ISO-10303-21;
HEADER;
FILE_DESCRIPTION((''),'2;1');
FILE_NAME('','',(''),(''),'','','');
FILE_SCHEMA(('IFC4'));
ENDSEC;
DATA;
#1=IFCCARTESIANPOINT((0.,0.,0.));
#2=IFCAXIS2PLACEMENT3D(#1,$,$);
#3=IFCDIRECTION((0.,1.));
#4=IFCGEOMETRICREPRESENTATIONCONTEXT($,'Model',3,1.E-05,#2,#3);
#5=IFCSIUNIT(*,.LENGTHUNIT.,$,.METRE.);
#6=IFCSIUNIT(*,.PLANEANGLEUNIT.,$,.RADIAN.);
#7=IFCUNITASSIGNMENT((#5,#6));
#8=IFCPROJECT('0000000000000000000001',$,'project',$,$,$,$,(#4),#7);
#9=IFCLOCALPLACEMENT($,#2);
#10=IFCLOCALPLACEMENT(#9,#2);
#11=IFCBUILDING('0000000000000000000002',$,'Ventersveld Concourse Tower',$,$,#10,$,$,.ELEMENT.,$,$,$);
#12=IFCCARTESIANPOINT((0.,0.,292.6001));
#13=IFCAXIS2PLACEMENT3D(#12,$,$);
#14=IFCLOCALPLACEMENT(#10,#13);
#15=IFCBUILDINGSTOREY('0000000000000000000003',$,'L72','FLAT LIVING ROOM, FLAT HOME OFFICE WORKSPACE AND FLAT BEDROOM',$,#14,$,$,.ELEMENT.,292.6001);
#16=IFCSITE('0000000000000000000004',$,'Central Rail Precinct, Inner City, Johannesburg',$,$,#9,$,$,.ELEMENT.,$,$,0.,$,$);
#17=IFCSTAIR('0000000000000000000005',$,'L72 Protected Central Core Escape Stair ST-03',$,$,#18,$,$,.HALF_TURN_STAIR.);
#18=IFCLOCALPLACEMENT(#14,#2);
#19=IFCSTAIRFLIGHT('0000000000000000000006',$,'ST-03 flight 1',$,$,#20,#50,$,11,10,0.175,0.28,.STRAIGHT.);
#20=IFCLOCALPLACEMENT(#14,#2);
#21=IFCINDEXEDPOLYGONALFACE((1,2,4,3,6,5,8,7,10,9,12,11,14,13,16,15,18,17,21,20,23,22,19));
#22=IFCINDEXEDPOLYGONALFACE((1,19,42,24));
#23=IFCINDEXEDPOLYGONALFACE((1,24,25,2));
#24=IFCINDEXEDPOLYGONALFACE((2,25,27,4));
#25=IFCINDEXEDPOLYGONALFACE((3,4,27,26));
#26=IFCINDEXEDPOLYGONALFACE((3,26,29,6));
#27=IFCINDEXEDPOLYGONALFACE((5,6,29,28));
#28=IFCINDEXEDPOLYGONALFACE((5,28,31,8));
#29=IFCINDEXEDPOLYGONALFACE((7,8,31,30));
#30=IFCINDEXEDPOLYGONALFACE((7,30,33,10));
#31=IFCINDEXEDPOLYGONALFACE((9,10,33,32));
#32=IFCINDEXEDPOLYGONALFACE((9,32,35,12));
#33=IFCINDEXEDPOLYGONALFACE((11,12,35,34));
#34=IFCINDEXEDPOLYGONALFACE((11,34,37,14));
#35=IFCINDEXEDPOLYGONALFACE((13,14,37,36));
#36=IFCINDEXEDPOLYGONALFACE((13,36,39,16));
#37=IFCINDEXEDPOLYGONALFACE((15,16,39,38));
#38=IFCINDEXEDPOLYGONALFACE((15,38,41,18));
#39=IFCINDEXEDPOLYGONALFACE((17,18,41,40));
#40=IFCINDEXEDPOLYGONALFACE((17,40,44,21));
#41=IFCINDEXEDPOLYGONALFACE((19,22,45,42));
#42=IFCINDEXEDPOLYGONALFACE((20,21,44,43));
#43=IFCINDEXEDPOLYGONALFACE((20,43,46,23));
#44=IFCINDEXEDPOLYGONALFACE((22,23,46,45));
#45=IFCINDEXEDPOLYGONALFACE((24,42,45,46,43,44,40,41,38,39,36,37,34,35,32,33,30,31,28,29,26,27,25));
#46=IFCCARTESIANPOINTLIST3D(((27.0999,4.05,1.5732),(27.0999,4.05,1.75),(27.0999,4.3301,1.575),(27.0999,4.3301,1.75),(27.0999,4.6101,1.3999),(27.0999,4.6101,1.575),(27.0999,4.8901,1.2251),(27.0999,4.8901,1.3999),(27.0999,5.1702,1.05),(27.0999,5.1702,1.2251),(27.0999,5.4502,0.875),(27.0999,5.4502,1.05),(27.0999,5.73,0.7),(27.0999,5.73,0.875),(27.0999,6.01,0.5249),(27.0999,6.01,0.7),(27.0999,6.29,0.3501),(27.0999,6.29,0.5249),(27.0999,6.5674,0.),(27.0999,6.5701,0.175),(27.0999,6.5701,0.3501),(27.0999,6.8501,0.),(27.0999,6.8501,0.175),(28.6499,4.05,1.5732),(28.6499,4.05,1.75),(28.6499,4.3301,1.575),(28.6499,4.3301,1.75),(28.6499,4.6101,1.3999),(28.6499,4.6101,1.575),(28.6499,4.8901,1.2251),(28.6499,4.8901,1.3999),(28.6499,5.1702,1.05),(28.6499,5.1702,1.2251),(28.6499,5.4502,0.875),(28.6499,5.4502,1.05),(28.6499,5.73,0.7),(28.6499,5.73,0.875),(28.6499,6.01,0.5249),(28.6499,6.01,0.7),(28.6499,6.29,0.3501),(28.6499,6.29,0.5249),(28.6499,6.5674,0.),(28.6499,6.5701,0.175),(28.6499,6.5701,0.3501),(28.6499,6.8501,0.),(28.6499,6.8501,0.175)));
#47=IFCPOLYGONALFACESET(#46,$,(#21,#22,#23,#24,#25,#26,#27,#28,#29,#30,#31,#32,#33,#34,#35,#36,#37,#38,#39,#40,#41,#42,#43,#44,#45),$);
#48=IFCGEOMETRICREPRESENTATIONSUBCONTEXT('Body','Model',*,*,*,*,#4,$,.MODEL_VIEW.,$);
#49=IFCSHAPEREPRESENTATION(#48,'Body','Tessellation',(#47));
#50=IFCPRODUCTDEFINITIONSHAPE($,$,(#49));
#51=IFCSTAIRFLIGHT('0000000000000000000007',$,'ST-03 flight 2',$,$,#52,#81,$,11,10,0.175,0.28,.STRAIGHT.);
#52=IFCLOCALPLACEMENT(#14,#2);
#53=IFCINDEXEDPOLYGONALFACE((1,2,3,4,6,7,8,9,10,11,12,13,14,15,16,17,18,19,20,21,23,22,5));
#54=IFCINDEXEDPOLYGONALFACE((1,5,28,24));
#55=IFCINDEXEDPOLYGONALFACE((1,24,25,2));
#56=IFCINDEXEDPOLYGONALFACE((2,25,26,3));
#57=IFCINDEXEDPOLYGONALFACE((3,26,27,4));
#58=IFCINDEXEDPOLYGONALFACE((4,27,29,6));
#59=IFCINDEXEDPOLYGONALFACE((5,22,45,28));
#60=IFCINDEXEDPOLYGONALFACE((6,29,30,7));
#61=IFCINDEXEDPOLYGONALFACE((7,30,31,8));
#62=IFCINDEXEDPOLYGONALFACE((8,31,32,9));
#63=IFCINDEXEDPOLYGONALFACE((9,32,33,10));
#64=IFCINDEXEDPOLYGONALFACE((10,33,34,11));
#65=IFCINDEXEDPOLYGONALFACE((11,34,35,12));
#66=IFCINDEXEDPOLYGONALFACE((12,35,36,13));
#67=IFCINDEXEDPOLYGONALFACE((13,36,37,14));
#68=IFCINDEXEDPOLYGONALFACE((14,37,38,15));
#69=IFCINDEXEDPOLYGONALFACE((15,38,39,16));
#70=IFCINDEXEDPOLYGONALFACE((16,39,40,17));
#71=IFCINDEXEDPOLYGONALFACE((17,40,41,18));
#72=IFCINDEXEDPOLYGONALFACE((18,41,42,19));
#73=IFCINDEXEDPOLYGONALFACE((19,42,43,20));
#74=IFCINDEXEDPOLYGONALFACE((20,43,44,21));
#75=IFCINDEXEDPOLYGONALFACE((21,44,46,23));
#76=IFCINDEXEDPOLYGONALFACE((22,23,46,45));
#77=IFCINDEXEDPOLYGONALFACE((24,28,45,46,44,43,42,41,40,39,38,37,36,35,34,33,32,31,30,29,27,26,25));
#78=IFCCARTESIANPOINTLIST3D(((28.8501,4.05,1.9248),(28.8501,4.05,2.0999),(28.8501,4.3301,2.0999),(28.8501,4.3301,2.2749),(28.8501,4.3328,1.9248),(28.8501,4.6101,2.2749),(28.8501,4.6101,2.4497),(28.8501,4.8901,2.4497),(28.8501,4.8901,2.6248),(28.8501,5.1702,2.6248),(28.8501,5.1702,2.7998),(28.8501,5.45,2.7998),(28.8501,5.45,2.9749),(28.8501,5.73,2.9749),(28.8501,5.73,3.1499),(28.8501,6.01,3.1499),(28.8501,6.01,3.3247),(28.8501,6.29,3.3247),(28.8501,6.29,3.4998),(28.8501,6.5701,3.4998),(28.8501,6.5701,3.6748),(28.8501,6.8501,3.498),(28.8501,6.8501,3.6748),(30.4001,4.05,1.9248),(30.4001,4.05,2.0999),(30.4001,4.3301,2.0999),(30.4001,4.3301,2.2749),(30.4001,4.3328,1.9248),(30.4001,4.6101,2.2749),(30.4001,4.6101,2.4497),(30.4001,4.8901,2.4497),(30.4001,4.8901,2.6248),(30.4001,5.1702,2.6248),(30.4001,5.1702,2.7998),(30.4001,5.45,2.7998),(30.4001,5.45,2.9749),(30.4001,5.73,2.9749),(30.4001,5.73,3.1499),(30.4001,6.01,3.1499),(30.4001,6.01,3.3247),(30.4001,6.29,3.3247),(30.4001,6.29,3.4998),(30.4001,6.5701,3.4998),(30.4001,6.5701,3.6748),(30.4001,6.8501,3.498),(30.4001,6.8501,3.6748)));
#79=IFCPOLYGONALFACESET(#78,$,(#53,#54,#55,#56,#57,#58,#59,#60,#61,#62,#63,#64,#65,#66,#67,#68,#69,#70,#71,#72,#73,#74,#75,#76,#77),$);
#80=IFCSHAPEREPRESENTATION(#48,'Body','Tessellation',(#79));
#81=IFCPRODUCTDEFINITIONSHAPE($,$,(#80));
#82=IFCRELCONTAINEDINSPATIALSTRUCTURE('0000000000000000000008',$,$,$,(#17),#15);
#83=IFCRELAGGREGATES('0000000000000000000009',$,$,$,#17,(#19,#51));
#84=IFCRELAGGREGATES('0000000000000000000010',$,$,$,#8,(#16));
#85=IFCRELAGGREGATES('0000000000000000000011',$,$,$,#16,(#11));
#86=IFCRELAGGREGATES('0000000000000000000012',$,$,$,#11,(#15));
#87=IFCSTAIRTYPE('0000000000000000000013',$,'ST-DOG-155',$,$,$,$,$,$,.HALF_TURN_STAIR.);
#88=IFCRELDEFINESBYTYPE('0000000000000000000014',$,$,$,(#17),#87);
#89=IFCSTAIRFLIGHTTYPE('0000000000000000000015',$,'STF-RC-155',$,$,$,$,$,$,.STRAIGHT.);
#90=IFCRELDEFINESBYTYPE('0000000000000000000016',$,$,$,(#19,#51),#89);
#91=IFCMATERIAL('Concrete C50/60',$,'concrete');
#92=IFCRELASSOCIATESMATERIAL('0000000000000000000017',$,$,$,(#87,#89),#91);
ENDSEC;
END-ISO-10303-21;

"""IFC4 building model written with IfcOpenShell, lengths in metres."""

from ifc_helpers import new_model, si_unit, direction, frame, origin, place, context, subcontext, project, spatial, polyline, outline, extrude, material, type_object, element, aggregate, save


model = new_model("IFC4")

# Units and contexts
model_context = context("Model", 3, precision=1e-05, world=origin(), true_north=direction((0.0, 1.0)))
body_context = subcontext(model_context, "Body", "Model", "MODEL_VIEW")
ifc_project = project(units=[si_unit("LENGTHUNIT", "METRE"), si_unit("PLANEANGLEUNIT", "RADIAN")], contexts=[model_context])

# Site, building, storey
site_placement = place(None, origin())
site = spatial("IfcSite", under=ifc_project, at=site_placement, Name="Central Rail Precinct, Inner City, Johannesburg", CompositionType="ELEMENT", RefElevation=0.0)
building_placement = place(site_placement, origin())
building = spatial("IfcBuilding", under=site, at=building_placement, Name="Ventersveld Concourse Tower", CompositionType="ELEMENT")
storey_placement = place(building_placement, frame((0.0, 0.0, 292.6001)))
storey = spatial("IfcBuildingStorey", under=building, at=storey_placement, Name="L72", Description="FLAT LIVING ROOM, FLAT HOME OFFICE WORKSPACE AND FLAT BEDROOM", CompositionType="ELEMENT", Elevation=292.6001)

# Shared definitions
ifc_material_1 = material(Name="Concrete C50/60", Category="concrete")

# Stair, stair flights
stair_type = type_object("IfcStairType", Name="ST-DOG-155", PredefinedType="HALF_TURN_STAIR", material=ifc_material_1)
stair_placement = place(storey_placement, origin())
stair = element("IfcStair", 1, at=stair_placement, inside=storey, type_object=stair_type, Name="L72 Protected Central Core Escape Stair ST-03", PredefinedType="HALF_TURN_STAIR")
stair_flight_type = type_object("IfcStairFlightType", Name="STF-RC-155", PredefinedType="STRAIGHT", material=ifc_material_1)
stair_flight_1_placement = place(storey_placement, frame((27.875, 6.8501, 0.0), z_axis=(0.0, 0.0, 1.0), x_axis=(0.0, -1.0, 0.0)))
stair_flight_1 = element("IfcStairFlight", 2, at=stair_flight_1_placement, type_object=stair_flight_type, Name="ST-03 flight 1", NumberOfRisers=11, NumberOfTreads=10, PredefinedType="STRAIGHT", RiserHeight=0.175, TreadLength=0.28, context=body_context, shape_type="SweptSolid", body=[
    extrude(outline(polyline([(0.0, 0.0), (0.0, 0.175), (0.28, 0.175), (0.28, 0.3501), (0.5601, 0.3501), (0.5601, 0.5249), (0.8401, 0.5249), (0.8401, 0.7), (1.1201, 0.7), (1.1201, 0.875), (1.3999, 0.875), (1.3999, 1.05), (1.6799, 1.05), (1.6799, 1.2251), (1.96, 1.2251), (1.96, 1.3999), (2.24, 1.3999), (2.24, 1.575), (2.52, 1.575), (2.52, 1.75), (2.8, 1.75), (2.8, 1.925), (2.8, 1.5732), (0.2827, 0.0), (0.0, 0.0)])), frame((0.0, 0.7749, 0.0), z_axis=(0.0, -1.0, 0.0), x_axis=(1.0, 0.0, 0.0)), (0.0, 0.0, 1.0), 1.55),
])
stair_flight_2_placement = place(storey_placement, frame((29.625, 4.05, 1.9248), z_axis=(0.0, 0.0, 1.0), x_axis=(0.0, 1.0, 0.0)))
stair_flight_2 = element("IfcStairFlight", 3, at=stair_flight_2_placement, type_object=stair_flight_type, Name="ST-03 flight 2", NumberOfRisers=11, NumberOfTreads=10, PredefinedType="STRAIGHT", RiserHeight=0.175, TreadLength=0.28, context=body_context, shape_type="SweptSolid", body=[
    extrude(outline(polyline([(0.0, 0.0), (0.0, 0.175), (0.28, 0.175), (0.28, 0.3501), (0.5601, 0.3501), (0.5601, 0.5249), (0.8401, 0.5249), (0.8401, 0.7), (1.1201, 0.7), (1.1201, 0.875), (1.3999, 0.875), (1.3999, 1.05), (1.6799, 1.05), (1.6799, 1.2251), (1.96, 1.2251), (1.96, 1.3999), (2.24, 1.3999), (2.24, 1.575), (2.52, 1.575), (2.52, 1.75), (2.8, 1.75), (2.8, 1.925), (2.8, 1.5732), (0.2827, 0.0), (0.0, 0.0)])), frame((0.0, 0.7749, 0.0), z_axis=(0.0, -1.0, 0.0), x_axis=(1.0, 0.0, 0.0)), (0.0, 0.0, 1.0), 1.55),
])
aggregate(stair, [stair_flight_1, stair_flight_2])

save(model, "model.ifc")
